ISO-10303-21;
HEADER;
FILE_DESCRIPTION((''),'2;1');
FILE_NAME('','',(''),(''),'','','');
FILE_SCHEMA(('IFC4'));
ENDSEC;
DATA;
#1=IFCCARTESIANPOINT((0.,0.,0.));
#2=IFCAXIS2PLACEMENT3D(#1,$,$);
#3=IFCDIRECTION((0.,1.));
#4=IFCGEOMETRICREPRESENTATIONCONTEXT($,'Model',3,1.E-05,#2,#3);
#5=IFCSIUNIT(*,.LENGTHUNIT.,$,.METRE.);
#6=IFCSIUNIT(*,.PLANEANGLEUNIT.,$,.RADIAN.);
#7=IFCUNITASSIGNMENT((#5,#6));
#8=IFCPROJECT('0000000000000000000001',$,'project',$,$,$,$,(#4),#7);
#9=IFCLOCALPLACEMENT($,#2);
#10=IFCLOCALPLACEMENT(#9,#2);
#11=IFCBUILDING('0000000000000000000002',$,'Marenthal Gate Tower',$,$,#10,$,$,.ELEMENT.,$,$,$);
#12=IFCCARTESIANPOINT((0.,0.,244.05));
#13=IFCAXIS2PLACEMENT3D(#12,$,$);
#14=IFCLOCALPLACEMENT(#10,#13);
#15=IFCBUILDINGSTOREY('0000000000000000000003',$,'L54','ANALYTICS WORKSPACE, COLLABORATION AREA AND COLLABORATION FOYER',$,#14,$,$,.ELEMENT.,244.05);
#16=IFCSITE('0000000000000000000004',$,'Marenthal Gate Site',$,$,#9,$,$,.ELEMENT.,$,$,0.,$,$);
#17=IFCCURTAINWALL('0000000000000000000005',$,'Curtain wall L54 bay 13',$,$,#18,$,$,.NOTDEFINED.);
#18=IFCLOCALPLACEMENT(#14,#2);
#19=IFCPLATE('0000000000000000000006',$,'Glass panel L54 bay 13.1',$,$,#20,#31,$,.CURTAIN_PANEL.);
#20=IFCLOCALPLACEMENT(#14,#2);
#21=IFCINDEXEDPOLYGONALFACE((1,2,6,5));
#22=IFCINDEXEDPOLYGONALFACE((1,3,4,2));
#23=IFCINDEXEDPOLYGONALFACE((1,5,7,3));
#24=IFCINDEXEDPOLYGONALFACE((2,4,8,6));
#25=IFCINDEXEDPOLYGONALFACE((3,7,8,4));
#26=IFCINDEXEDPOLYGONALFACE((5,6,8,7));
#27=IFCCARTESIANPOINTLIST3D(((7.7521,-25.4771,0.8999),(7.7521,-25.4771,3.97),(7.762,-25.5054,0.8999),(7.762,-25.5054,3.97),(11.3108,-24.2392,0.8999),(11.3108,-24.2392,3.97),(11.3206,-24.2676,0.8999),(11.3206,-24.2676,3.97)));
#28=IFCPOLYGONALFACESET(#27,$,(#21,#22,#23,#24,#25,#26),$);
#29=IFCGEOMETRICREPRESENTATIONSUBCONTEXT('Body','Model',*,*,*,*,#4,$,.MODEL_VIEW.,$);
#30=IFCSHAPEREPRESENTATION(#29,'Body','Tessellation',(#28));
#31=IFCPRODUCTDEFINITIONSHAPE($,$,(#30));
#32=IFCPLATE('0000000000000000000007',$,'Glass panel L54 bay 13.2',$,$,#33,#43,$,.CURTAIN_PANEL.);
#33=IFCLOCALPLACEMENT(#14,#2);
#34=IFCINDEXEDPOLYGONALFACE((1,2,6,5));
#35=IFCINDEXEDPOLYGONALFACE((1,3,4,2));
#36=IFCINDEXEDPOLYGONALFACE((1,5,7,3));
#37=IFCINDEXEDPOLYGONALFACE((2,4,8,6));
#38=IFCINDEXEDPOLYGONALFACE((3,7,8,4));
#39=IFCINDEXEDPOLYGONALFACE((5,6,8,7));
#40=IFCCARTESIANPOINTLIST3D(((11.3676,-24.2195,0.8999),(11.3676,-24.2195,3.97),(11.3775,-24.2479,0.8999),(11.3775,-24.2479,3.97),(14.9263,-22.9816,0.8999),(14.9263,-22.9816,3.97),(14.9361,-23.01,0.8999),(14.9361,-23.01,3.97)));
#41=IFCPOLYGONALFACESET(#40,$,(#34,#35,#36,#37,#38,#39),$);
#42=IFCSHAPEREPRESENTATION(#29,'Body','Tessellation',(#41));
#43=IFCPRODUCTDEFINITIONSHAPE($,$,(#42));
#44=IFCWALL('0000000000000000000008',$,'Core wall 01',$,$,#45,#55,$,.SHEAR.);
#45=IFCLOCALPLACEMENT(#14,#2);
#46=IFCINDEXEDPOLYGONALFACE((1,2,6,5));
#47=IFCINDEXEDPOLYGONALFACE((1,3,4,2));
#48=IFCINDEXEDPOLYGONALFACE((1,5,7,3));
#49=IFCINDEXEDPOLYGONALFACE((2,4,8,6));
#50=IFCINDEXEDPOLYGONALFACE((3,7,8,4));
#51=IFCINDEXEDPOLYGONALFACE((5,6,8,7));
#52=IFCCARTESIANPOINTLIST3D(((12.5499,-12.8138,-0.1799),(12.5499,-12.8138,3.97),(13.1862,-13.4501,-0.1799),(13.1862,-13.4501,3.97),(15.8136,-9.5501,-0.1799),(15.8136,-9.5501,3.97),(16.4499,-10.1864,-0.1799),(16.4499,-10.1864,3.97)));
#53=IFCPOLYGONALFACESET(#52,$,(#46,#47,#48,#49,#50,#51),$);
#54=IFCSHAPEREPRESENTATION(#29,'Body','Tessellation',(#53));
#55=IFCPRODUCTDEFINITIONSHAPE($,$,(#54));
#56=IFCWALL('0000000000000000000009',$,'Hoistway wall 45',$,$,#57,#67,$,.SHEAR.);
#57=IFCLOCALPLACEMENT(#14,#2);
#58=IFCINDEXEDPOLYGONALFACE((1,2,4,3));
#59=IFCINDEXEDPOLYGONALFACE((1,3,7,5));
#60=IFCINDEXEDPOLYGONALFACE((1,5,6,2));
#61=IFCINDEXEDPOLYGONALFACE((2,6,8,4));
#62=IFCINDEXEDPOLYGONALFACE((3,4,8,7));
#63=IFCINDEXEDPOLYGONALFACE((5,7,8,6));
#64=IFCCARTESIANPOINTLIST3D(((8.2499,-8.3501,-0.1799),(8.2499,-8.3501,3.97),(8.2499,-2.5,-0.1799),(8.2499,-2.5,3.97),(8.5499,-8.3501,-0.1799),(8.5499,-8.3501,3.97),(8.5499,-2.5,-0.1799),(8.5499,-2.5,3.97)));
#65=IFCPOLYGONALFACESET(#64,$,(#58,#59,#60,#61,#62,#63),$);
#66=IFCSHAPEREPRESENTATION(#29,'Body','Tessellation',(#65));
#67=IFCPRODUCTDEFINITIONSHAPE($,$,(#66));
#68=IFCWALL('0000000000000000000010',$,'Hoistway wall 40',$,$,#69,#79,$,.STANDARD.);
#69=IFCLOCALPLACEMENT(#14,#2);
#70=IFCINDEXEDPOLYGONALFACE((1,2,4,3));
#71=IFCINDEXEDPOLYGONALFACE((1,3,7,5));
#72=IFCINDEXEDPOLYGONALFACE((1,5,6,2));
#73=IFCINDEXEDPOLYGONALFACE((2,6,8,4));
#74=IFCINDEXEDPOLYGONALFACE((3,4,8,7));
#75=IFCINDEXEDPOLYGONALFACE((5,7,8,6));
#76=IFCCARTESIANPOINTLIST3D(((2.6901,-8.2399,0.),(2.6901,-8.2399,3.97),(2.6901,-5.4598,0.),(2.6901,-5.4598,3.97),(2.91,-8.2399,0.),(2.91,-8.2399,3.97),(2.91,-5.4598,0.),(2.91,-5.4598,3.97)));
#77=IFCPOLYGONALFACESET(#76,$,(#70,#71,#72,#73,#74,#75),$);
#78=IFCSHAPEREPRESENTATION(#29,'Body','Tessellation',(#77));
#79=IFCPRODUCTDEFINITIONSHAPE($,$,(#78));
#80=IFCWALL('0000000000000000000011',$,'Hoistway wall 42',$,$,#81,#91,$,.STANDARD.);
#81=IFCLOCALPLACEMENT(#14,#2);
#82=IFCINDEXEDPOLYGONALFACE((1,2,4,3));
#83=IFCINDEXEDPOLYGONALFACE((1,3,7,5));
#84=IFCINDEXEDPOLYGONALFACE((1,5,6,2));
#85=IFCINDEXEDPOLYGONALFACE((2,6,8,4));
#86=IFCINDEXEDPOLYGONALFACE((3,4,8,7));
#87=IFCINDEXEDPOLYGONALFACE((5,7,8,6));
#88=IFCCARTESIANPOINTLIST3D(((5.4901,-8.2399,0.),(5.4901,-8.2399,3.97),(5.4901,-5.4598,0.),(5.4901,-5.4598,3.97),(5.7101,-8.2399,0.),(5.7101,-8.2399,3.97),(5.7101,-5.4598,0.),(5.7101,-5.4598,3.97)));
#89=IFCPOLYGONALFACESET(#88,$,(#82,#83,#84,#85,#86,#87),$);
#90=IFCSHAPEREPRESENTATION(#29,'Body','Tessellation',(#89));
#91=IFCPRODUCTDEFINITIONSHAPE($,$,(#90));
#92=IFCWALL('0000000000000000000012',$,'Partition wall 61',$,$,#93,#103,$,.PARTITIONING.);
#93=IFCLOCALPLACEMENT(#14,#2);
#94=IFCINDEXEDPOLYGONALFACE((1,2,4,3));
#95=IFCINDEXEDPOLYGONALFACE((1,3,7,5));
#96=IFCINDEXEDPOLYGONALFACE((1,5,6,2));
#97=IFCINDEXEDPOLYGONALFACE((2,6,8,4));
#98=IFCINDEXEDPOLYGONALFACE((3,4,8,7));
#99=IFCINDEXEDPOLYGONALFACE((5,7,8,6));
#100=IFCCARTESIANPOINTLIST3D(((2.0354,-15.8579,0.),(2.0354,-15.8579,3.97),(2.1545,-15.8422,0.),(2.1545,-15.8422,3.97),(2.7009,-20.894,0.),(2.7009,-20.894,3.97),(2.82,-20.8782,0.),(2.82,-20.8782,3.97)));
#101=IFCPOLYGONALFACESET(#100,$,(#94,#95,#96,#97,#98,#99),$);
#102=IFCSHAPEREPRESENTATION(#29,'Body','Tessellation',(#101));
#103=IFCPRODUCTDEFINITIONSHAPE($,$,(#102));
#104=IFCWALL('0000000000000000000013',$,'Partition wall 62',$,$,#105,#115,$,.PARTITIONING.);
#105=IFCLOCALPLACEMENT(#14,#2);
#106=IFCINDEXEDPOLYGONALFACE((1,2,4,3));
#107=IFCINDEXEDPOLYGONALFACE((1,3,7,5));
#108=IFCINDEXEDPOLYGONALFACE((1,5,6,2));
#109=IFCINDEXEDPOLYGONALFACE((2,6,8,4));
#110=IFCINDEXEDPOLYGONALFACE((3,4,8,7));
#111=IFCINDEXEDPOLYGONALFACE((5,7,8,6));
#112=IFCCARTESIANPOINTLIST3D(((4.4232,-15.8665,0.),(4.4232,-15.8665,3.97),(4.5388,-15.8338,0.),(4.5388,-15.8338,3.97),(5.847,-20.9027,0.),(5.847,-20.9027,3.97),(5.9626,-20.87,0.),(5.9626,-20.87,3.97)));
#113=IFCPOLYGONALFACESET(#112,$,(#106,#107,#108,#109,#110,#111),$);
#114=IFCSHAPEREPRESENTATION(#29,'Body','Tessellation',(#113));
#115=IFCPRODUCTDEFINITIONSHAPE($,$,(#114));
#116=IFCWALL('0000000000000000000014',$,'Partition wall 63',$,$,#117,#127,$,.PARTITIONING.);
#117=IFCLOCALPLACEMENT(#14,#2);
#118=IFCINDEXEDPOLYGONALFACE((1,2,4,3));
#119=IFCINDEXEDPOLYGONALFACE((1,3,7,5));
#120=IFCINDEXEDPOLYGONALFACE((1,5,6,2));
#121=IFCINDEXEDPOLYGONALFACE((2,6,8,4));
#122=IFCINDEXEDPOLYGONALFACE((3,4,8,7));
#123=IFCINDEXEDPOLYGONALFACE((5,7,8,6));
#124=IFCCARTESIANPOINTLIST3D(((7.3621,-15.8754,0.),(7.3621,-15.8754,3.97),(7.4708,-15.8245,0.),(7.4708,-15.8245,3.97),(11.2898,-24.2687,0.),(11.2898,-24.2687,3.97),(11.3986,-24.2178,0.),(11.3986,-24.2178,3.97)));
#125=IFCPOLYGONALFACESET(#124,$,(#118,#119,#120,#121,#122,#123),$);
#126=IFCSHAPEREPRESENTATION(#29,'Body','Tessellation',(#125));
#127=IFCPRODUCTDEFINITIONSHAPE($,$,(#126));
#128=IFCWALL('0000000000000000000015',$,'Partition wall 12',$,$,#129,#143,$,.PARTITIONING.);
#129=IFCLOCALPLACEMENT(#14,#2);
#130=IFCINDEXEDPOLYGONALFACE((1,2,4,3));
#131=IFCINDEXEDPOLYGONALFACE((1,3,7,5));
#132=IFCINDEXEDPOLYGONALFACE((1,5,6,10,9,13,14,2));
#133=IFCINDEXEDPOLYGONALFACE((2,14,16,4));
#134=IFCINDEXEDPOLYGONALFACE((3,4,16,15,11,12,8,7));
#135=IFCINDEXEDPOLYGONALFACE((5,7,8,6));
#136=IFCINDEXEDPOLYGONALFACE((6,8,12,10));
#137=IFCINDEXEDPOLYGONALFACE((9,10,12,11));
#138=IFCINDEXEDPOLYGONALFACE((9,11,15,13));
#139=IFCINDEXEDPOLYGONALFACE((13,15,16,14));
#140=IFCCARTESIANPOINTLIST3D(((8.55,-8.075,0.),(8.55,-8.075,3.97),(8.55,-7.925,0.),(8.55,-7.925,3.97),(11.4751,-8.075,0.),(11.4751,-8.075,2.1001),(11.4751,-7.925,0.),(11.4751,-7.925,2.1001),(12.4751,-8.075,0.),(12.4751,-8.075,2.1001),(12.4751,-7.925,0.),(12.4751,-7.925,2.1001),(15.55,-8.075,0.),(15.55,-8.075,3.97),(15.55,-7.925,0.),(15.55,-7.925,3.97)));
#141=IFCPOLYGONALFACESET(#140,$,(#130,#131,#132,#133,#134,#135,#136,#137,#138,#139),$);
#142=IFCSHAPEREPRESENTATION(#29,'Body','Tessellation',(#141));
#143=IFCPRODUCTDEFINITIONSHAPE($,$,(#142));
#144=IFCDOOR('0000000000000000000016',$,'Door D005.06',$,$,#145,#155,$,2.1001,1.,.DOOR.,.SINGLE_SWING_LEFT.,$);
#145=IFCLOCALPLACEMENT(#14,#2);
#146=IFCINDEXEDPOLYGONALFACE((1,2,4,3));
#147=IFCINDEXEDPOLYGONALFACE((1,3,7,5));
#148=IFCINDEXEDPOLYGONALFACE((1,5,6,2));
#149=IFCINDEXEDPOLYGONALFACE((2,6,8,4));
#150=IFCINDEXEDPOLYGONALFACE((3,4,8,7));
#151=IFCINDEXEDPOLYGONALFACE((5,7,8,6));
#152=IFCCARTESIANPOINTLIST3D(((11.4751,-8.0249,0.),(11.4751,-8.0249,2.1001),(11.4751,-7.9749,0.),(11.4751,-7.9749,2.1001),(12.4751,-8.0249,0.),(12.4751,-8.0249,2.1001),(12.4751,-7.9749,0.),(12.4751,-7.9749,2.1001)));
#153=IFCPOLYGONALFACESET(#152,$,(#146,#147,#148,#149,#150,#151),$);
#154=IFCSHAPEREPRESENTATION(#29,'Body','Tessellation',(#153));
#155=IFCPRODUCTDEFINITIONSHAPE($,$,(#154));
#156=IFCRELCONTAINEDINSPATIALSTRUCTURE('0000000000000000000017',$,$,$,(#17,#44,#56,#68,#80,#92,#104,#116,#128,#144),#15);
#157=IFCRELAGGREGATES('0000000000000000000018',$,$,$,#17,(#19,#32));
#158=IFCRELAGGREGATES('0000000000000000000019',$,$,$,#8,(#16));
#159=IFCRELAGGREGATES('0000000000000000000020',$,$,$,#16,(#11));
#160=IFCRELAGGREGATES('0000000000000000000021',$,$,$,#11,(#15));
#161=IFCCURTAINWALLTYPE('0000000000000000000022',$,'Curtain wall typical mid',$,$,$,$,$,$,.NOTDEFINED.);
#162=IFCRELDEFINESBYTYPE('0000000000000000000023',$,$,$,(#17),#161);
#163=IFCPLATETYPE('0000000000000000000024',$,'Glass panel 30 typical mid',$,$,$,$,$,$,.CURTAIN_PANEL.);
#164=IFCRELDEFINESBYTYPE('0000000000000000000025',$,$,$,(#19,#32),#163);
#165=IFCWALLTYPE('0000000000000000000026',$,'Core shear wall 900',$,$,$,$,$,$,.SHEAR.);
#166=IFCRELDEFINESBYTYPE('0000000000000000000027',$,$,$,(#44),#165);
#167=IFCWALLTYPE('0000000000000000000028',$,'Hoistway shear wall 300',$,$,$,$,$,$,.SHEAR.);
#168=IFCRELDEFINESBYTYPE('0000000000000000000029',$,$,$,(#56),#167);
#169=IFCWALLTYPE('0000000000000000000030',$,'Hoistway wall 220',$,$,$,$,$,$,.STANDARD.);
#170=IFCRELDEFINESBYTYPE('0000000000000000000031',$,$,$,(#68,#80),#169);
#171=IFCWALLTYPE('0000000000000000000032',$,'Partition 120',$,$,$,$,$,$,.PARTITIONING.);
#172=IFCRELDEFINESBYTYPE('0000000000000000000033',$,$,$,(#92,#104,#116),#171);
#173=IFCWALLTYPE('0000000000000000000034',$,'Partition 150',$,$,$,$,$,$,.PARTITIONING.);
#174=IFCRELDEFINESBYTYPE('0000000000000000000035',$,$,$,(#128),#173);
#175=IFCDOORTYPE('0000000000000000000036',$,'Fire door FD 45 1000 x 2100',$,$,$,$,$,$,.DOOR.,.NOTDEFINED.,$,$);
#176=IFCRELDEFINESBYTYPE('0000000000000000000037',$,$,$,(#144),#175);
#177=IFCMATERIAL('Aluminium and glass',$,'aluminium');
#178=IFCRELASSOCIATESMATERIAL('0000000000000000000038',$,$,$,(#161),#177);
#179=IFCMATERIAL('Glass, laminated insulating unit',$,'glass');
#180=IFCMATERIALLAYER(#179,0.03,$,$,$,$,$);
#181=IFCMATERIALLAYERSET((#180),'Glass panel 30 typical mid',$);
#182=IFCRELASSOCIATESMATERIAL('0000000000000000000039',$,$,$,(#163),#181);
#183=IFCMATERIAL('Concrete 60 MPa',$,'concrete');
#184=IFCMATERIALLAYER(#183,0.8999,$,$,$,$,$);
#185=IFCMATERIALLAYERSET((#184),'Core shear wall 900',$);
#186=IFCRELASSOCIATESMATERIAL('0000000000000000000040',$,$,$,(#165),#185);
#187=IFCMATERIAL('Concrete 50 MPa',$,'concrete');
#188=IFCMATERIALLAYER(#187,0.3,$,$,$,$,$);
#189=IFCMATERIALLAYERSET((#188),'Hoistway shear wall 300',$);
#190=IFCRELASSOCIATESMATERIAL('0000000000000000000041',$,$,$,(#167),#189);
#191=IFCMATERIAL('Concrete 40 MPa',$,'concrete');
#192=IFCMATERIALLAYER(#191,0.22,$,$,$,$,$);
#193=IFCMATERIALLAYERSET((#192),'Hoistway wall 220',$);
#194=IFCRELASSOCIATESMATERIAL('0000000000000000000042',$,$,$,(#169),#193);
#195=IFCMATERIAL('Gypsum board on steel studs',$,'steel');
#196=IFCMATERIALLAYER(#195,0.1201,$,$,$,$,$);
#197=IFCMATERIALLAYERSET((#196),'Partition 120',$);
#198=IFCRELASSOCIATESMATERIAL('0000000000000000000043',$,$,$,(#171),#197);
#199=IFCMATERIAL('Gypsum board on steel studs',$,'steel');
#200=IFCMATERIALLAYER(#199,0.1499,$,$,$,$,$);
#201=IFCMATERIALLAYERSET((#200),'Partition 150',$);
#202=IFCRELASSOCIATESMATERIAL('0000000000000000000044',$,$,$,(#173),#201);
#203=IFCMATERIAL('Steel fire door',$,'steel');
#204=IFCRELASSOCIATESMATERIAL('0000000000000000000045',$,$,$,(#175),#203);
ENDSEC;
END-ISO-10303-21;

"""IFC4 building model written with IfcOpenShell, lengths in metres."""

from ifc_helpers import new_model, si_unit, direction, frame, frame_2d, origin, origin_2d, place, context, subcontext, project, spatial, rectangle, extrude, material, layer, layer_set, type_object, element, fill, aggregate, save


model = new_model("IFC4")

# Units and contexts
model_context = context("Model", 3, precision=1e-05, world=origin(), true_north=direction((0.0, 1.0)))
body_context = subcontext(model_context, "Body", "Model", "MODEL_VIEW")
ifc_project = project(units=[si_unit("LENGTHUNIT", "METRE"), si_unit("PLANEANGLEUNIT", "RADIAN")], contexts=[model_context])

# Site, building, storey
site_placement = place(None, origin())
site = spatial("IfcSite", under=ifc_project, at=site_placement, Name="Marenthal Gate Site", CompositionType="ELEMENT", RefElevation=0.0)
building_placement = place(site_placement, origin())
building = spatial("IfcBuilding", under=site, at=building_placement, Name="Marenthal Gate Tower", CompositionType="ELEMENT")
storey_placement = place(building_placement, frame((0.0, 0.0, 244.05)))
storey = spatial("IfcBuildingStorey", under=building, at=storey_placement, Name="L54", Description="ANALYTICS WORKSPACE, COLLABORATION AREA AND COLLABORATION FOYER", CompositionType="ELEMENT", Elevation=244.05)

# Curtain wall
ifc_material_1 = material(Name="Aluminium and glass", Category="aluminium")
curtain_wall_type = type_object("IfcCurtainWallType", Name="Curtain wall typical mid", PredefinedType="NOTDEFINED", material=ifc_material_1)
curtain_wall_placement = place(storey_placement, origin())
curtain_wall = element("IfcCurtainWall", 1, at=curtain_wall_placement, inside=storey, type_object=curtain_wall_type, Name="Curtain wall L54 bay 13", PredefinedType="NOTDEFINED")

# Plates
ifc_material_2 = material(Name="Glass, laminated insulating unit", Category="glass")
ifc_layer_1 = layer(ifc_material_2, 0.03)
ifc_layer_set_1 = layer_set([ifc_layer_1], Name="Glass panel 30 typical mid")
plate_type = type_object("IfcPlateType", Name="Glass panel 30 typical mid", PredefinedType="CURTAIN_PANEL", material=ifc_layer_set_1)
plate_1_placement = place(storey_placement, frame((9.5364, -24.8723, 0.8999), z_axis=(0.0, 0.0, 1.0), x_axis=(0.94449, 0.32854, 0.0)))
plate_1 = element("IfcPlate", 2, at=plate_1_placement, type_object=plate_type, Name="Glass panel L54 bay 13.1", PredefinedType="CURTAIN_PANEL", context=body_context, shape_type="SweptSolid", body=[
    extrude(rectangle(XDim=3.7678, YDim=0.03, at=origin_2d()), origin(), (0.0, 0.0, 1.0), 3.0701),
])
plate_2_placement = place(storey_placement, frame((13.1519, -23.6147, 0.8999), z_axis=(0.0, 0.0, 1.0), x_axis=(0.94449, 0.32854, 0.0)))
plate_2 = element("IfcPlate", 3, at=plate_2_placement, type_object=plate_type, Name="Glass panel L54 bay 13.2", PredefinedType="CURTAIN_PANEL", context=body_context, shape_type="SweptSolid", body=[
    extrude(rectangle(XDim=3.7678, YDim=0.03, at=origin_2d()), origin(), (0.0, 0.0, 1.0), 3.0701),
])
aggregate(curtain_wall, [plate_1, plate_2])

# Walls
ifc_material_3 = material(Name="Concrete 60 MPa", Category="concrete")
ifc_layer_2 = layer(ifc_material_3, 0.8999)
ifc_layer_set_2 = layer_set([ifc_layer_2], Name="Core shear wall 900")
wall_type_1 = type_object("IfcWallType", Name="Core shear wall 900", PredefinedType="SHEAR", material=ifc_layer_set_2)
wall_1_placement = place(storey_placement, frame((12.8682, -13.1318, -0.1799), z_axis=(0.0, 0.0, 1.0), x_axis=(0.707107, 0.707107, 0.0)))
element("IfcWall", 4, at=wall_1_placement, inside=storey, type_object=wall_type_1, Name="Core wall 01", PredefinedType="SHEAR", context=body_context, shape_type="SweptSolid", body=[
    extrude(rectangle(XDim=4.6155, YDim=0.8999, at=frame_2d((2.3076, 0.0))), origin(), (0.0, 0.0, 1.0), 4.1499),
])
ifc_material_4 = material(Name="Concrete 50 MPa", Category="concrete")
ifc_layer_3 = layer(ifc_material_4, 0.3)
ifc_layer_set_3 = layer_set([ifc_layer_3], Name="Hoistway shear wall 300")
wall_type_2 = type_object("IfcWallType", Name="Hoistway shear wall 300", PredefinedType="SHEAR", material=ifc_layer_set_3)
wall_2_placement = place(storey_placement, frame((8.3999, -8.3501, -0.1799), z_axis=(0.0, 0.0, 1.0), x_axis=(0.0, 1.0, 0.0)))
element("IfcWall", 5, at=wall_2_placement, inside=storey, type_object=wall_type_2, Name="Hoistway wall 45", PredefinedType="SHEAR", context=body_context, shape_type="SweptSolid", body=[
    extrude(rectangle(XDim=5.8501, YDim=0.3, at=frame_2d((2.925, 0.0))), origin(), (0.0, 0.0, 1.0), 4.1499),
])
ifc_material_5 = material(Name="Concrete 40 MPa", Category="concrete")
ifc_layer_4 = layer(ifc_material_5, 0.22)
ifc_layer_set_4 = layer_set([ifc_layer_4], Name="Hoistway wall 220")
wall_type_3 = type_object("IfcWallType", Name="Hoistway wall 220", PredefinedType="STANDARD", material=ifc_layer_set_4)
for number, where, z_axis, x_axis, name in (
    (6, (2.8, -8.24, 0.0), (0.0, 0.0, 1.0), (0.0, 1.0, 0.0), "Hoistway wall 40"),
    (7, (5.6001, -8.24, 0.0), (0.0, 0.0, 1.0), (0.0, 1.0, 0.0), "Hoistway wall 42"),
):
    element("IfcWall", number, at=place(storey_placement, frame(where, z_axis=z_axis, x_axis=x_axis)), inside=storey, type_object=wall_type_3, Name=name, PredefinedType="STANDARD", context=body_context, shape_type="SweptSolid", body=[
        extrude(rectangle(XDim=2.78, YDim=0.22, at=frame_2d((1.3901, 0.0))), origin(), (0.0, 0.0, 1.0), 3.97),
    ])
ifc_material_6 = material(Name="Gypsum board on steel studs", Category="steel")
ifc_layer_5 = layer(ifc_material_6, 0.1201)
ifc_layer_set_5 = layer_set([ifc_layer_5], Name="Partition 120")
wall_type_4 = type_object("IfcWallType", Name="Partition 120", PredefinedType="PARTITIONING", material=ifc_layer_set_5)
wall_3_placement = place(storey_placement, frame((2.7605, -20.8862, 0.0), z_axis=(0.0, 0.0, 1.0), x_axis=(-0.131011, 0.991381, 0.0)))
element("IfcWall", 8, at=wall_3_placement, inside=storey, type_object=wall_type_4, Name="Partition wall 61", PredefinedType="PARTITIONING", context=body_context, shape_type="SweptSolid", body=[
    extrude(rectangle(XDim=5.0798, YDim=0.1201, at=frame_2d((2.54, 0.0))), origin(), (0.0, 0.0, 1.0), 3.97),
])
wall_4_placement = place(storey_placement, frame((5.9048, -20.8862, 0.0), z_axis=(0.0, 0.0, 1.0), x_axis=(-0.272058, 0.962281, 0.0)))
element("IfcWall", 9, at=wall_4_placement, inside=storey, type_object=wall_type_4, Name="Partition wall 62", PredefinedType="PARTITIONING", context=body_context, shape_type="SweptSolid", body=[
    extrude(rectangle(XDim=5.2336, YDim=0.1201, at=frame_2d((2.6167, 0.0))), origin(), (0.0, 0.0, 1.0), 3.97),
])
wall_5_placement = place(storey_placement, frame((7.4165, -15.8501, 0.0), z_axis=(0.0, 0.0, 1.0), x_axis=(0.423847, -0.905734, 0.0)))
element("IfcWall", 10, at=wall_5_placement, inside=storey, type_object=wall_type_4, Name="Partition wall 63", PredefinedType="PARTITIONING", context=body_context, shape_type="SweptSolid", body=[
    extrude(rectangle(XDim=9.2668, YDim=0.1201, at=frame_2d((4.6333, 0.0))), origin(), (0.0, 0.0, 1.0), 3.97),
])

# Wall, opening, door
ifc_material_7 = material(Name="Gypsum board on steel studs", Category="steel")
ifc_layer_6 = layer(ifc_material_7, 0.1499)
ifc_layer_set_6 = layer_set([ifc_layer_6], Name="Partition 150")
wall_type_5 = type_object("IfcWallType", Name="Partition 150", PredefinedType="PARTITIONING", material=ifc_layer_set_6)
wall_6_placement = place(storey_placement, frame((8.55, -8.0, 0.0), z_axis=(0.0, 0.0, 1.0), x_axis=(1.0, 0.0, 0.0)))
wall_6 = element("IfcWall", 11, at=wall_6_placement, inside=storey, type_object=wall_type_5, Name="Partition wall 12", PredefinedType="PARTITIONING", context=body_context, shape_type="SweptSolid", body=[
    extrude(rectangle(XDim=7.0, YDim=0.1499, at=frame_2d((3.5, 0.0))), origin(), (0.0, 0.0, 1.0), 3.97),
])
opening_1_placement = place(wall_6_placement, frame((2.925, 0.0, 0.0)))
opening_1 = element("IfcOpeningElement", 12, at=opening_1_placement, cuts=wall_6, PredefinedType="OPENING", context=body_context, shape_type="SweptSolid", body=[
    extrude(rectangle(XDim=1.0, YDim=2.1001, at=frame_2d((0.5, 1.05))), frame((0.0, 0.085, 0.0), z_axis=(0.0, -1.0, 0.0), x_axis=(1.0, 0.0, 0.0)), (0.0, 0.0, 1.0), 0.1699),
])
ifc_material_8 = material(Name="Steel fire door", Category="steel")
door_type = type_object("IfcDoorType", Name="Fire door FD 45 1000 x 2100", OperationType="NOTDEFINED", PredefinedType="DOOR", material=ifc_material_8)
door_1_placement = place(opening_1_placement, frame((1.0, 0.0, 0.0), z_axis=(0.0, 0.0, 1.0), x_axis=(-1.0, 0.0, 0.0)))
door_1 = element("IfcDoor", 13, at=door_1_placement, inside=storey, type_object=door_type, Name="Door D005.06", OperationType="SINGLE_SWING_LEFT", OverallHeight=2.1001, OverallWidth=1.0, PredefinedType="DOOR", context=body_context, shape_type="SweptSolid", body=[
    extrude(rectangle(XDim=1.0, YDim=2.1001, at=frame_2d((0.5, 1.05))), frame((0.0, 0.0249, 0.0), z_axis=(0.0, -1.0, 0.0), x_axis=(1.0, 0.0, 0.0)), (0.0, 0.0, 1.0), 0.05),
])
fill(opening_1, door_1)

save(model, "model.ifc")
